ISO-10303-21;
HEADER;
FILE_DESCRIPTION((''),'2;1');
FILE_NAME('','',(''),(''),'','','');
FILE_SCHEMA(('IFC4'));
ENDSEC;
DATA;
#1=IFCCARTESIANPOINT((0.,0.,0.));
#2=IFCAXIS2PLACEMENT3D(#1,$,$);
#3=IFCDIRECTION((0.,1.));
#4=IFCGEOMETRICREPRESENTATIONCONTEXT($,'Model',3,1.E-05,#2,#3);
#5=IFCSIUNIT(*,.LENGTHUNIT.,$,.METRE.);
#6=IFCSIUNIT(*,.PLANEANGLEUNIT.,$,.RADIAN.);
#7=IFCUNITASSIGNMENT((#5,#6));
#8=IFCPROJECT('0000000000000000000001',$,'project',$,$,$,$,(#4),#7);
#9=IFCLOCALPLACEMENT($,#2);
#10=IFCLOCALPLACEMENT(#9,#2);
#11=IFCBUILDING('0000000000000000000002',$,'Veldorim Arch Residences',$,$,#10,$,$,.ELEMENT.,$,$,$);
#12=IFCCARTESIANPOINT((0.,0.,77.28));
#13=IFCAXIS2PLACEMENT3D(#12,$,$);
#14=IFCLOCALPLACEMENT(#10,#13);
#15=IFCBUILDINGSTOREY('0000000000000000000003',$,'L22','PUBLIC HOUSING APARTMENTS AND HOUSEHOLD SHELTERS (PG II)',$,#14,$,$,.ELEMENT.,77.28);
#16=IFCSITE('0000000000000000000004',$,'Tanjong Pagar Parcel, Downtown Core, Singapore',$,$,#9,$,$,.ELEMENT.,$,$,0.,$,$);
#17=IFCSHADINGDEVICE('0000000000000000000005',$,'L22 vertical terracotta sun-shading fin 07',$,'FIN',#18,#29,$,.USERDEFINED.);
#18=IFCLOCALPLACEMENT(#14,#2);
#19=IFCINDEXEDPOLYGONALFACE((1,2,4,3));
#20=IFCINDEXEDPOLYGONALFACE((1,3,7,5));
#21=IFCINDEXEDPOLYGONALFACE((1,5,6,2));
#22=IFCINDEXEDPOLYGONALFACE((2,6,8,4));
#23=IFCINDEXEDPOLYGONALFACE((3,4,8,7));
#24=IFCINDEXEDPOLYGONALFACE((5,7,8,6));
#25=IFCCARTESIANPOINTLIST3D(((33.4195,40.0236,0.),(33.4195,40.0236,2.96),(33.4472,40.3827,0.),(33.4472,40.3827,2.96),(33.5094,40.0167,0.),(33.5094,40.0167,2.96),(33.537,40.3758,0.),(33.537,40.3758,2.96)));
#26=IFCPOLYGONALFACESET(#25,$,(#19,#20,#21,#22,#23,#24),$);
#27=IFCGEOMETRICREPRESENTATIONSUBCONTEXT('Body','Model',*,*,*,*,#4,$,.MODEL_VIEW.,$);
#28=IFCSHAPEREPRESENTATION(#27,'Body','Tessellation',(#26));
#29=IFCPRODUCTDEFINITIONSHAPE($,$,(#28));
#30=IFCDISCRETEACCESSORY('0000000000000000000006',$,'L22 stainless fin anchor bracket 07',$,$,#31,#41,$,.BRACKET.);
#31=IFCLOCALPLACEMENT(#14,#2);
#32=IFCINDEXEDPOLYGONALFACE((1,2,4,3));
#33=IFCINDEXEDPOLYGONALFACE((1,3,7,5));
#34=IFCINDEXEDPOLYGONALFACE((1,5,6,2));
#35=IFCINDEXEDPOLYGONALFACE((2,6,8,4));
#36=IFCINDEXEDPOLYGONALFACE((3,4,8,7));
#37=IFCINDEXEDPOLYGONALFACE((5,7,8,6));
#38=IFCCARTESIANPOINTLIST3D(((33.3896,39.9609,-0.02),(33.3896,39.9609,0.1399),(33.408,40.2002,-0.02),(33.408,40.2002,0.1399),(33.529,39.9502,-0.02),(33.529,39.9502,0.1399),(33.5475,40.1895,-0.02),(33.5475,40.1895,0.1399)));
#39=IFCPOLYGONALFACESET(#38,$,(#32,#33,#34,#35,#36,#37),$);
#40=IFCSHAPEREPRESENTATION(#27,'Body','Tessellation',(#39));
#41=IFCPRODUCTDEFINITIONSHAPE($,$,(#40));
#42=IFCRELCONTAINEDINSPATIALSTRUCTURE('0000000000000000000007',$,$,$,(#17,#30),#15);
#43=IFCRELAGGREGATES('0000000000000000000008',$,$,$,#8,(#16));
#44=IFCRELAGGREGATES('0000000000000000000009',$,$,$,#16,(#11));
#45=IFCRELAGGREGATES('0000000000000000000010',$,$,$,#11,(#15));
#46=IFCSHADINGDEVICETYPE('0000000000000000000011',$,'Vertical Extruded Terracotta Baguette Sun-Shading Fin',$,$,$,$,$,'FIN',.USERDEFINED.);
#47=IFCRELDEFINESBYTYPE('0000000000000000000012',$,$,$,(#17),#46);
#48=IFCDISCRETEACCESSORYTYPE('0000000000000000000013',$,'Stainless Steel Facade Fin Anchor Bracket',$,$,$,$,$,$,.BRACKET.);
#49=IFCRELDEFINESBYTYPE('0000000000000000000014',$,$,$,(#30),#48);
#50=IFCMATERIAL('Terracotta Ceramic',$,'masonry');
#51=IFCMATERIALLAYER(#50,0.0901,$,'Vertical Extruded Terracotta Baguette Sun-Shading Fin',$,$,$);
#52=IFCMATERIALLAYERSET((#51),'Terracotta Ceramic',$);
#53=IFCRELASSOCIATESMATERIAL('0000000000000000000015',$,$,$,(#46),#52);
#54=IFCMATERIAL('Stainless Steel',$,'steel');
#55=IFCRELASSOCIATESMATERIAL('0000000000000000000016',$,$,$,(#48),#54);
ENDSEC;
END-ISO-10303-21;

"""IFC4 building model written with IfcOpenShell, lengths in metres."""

from ifc_helpers import new_model, si_unit, direction, frame, origin, origin_2d, place, context, subcontext, project, spatial, rectangle, extrude, material, layer, layer_set, type_object, element, save


model = new_model("IFC4")

# Units and contexts
model_context = context("Model", 3, precision=1e-05, world=origin(), true_north=direction((0.0, 1.0)))
body_context = subcontext(model_context, "Body", "Model", "MODEL_VIEW")
ifc_project = project(units=[si_unit("LENGTHUNIT", "METRE"), si_unit("PLANEANGLEUNIT", "RADIAN")], contexts=[model_context])

# Site, building, storey
site_placement = place(None, origin())
site = spatial("IfcSite", under=ifc_project, at=site_placement, Name="Tanjong Pagar Parcel, Downtown Core, Singapore", CompositionType="ELEMENT", RefElevation=0.0)
building_placement = place(site_placement, origin())
building = spatial("IfcBuilding", under=site, at=building_placement, Name="Veldorim Arch Residences", CompositionType="ELEMENT")
storey_placement = place(building_placement, frame((0.0, 0.0, 77.28)))
storey = spatial("IfcBuildingStorey", under=building, at=storey_placement, Name="L22", Description="PUBLIC HOUSING APARTMENTS AND HOUSEHOLD SHELTERS (PG II)", CompositionType="ELEMENT", Elevation=77.28)

# Shading device
ifc_material_1 = material(Name="Terracotta Ceramic", Category="masonry")
ifc_layer_1 = layer(ifc_material_1, 0.0901, Name="Vertical Extruded Terracotta Baguette Sun-Shading Fin")
ifc_layer_set_1 = layer_set([ifc_layer_1], Name="Terracotta Ceramic")
shading_device_type = type_object("IfcShadingDeviceType", Name="Vertical Extruded Terracotta Baguette Sun-Shading Fin", ElementType="FIN", PredefinedType="USERDEFINED", material=ifc_layer_set_1)
shading_device_placement = place(storey_placement, frame((33.4783, 40.1997, 0.0), z_axis=(0.0, 0.0, 1.0), x_axis=(0.997053, -0.076719, 0.0)))
element("IfcShadingDevice", 1, at=shading_device_placement, inside=storey, type_object=shading_device_type, Name="L22 vertical terracotta sun-shading fin 07", ObjectType="FIN", PredefinedType="USERDEFINED", context=body_context, shape_type="SweptSolid", body=[
    extrude(rectangle(XDim=0.0901, YDim=0.3601, at=origin_2d()), origin(), (0.0, 0.0, 1.0), 2.96),
])

# Discrete accessory
ifc_material_2 = material(Name="Stainless Steel", Category="steel")
discrete_accessory_type = type_object("IfcDiscreteAccessoryType", Name="Stainless Steel Facade Fin Anchor Bracket", PredefinedType="BRACKET", material=ifc_material_2)
discrete_accessory_placement = place(storey_placement, frame((33.4685, 40.0752, -0.02), z_axis=(0.0, 0.0, 1.0), x_axis=(0.997053, -0.076719, 0.0)))
element("IfcDiscreteAccessory", 2, at=discrete_accessory_placement, inside=storey, type_object=discrete_accessory_type, Name="L22 stainless fin anchor bracket 07", PredefinedType="BRACKET", context=body_context, shape_type="SweptSolid", body=[
    extrude(rectangle(XDim=0.1399, YDim=0.24, at=origin_2d()), origin(), (0.0, 0.0, 1.0), 0.1599),
])

save(model, "model.ifc")
